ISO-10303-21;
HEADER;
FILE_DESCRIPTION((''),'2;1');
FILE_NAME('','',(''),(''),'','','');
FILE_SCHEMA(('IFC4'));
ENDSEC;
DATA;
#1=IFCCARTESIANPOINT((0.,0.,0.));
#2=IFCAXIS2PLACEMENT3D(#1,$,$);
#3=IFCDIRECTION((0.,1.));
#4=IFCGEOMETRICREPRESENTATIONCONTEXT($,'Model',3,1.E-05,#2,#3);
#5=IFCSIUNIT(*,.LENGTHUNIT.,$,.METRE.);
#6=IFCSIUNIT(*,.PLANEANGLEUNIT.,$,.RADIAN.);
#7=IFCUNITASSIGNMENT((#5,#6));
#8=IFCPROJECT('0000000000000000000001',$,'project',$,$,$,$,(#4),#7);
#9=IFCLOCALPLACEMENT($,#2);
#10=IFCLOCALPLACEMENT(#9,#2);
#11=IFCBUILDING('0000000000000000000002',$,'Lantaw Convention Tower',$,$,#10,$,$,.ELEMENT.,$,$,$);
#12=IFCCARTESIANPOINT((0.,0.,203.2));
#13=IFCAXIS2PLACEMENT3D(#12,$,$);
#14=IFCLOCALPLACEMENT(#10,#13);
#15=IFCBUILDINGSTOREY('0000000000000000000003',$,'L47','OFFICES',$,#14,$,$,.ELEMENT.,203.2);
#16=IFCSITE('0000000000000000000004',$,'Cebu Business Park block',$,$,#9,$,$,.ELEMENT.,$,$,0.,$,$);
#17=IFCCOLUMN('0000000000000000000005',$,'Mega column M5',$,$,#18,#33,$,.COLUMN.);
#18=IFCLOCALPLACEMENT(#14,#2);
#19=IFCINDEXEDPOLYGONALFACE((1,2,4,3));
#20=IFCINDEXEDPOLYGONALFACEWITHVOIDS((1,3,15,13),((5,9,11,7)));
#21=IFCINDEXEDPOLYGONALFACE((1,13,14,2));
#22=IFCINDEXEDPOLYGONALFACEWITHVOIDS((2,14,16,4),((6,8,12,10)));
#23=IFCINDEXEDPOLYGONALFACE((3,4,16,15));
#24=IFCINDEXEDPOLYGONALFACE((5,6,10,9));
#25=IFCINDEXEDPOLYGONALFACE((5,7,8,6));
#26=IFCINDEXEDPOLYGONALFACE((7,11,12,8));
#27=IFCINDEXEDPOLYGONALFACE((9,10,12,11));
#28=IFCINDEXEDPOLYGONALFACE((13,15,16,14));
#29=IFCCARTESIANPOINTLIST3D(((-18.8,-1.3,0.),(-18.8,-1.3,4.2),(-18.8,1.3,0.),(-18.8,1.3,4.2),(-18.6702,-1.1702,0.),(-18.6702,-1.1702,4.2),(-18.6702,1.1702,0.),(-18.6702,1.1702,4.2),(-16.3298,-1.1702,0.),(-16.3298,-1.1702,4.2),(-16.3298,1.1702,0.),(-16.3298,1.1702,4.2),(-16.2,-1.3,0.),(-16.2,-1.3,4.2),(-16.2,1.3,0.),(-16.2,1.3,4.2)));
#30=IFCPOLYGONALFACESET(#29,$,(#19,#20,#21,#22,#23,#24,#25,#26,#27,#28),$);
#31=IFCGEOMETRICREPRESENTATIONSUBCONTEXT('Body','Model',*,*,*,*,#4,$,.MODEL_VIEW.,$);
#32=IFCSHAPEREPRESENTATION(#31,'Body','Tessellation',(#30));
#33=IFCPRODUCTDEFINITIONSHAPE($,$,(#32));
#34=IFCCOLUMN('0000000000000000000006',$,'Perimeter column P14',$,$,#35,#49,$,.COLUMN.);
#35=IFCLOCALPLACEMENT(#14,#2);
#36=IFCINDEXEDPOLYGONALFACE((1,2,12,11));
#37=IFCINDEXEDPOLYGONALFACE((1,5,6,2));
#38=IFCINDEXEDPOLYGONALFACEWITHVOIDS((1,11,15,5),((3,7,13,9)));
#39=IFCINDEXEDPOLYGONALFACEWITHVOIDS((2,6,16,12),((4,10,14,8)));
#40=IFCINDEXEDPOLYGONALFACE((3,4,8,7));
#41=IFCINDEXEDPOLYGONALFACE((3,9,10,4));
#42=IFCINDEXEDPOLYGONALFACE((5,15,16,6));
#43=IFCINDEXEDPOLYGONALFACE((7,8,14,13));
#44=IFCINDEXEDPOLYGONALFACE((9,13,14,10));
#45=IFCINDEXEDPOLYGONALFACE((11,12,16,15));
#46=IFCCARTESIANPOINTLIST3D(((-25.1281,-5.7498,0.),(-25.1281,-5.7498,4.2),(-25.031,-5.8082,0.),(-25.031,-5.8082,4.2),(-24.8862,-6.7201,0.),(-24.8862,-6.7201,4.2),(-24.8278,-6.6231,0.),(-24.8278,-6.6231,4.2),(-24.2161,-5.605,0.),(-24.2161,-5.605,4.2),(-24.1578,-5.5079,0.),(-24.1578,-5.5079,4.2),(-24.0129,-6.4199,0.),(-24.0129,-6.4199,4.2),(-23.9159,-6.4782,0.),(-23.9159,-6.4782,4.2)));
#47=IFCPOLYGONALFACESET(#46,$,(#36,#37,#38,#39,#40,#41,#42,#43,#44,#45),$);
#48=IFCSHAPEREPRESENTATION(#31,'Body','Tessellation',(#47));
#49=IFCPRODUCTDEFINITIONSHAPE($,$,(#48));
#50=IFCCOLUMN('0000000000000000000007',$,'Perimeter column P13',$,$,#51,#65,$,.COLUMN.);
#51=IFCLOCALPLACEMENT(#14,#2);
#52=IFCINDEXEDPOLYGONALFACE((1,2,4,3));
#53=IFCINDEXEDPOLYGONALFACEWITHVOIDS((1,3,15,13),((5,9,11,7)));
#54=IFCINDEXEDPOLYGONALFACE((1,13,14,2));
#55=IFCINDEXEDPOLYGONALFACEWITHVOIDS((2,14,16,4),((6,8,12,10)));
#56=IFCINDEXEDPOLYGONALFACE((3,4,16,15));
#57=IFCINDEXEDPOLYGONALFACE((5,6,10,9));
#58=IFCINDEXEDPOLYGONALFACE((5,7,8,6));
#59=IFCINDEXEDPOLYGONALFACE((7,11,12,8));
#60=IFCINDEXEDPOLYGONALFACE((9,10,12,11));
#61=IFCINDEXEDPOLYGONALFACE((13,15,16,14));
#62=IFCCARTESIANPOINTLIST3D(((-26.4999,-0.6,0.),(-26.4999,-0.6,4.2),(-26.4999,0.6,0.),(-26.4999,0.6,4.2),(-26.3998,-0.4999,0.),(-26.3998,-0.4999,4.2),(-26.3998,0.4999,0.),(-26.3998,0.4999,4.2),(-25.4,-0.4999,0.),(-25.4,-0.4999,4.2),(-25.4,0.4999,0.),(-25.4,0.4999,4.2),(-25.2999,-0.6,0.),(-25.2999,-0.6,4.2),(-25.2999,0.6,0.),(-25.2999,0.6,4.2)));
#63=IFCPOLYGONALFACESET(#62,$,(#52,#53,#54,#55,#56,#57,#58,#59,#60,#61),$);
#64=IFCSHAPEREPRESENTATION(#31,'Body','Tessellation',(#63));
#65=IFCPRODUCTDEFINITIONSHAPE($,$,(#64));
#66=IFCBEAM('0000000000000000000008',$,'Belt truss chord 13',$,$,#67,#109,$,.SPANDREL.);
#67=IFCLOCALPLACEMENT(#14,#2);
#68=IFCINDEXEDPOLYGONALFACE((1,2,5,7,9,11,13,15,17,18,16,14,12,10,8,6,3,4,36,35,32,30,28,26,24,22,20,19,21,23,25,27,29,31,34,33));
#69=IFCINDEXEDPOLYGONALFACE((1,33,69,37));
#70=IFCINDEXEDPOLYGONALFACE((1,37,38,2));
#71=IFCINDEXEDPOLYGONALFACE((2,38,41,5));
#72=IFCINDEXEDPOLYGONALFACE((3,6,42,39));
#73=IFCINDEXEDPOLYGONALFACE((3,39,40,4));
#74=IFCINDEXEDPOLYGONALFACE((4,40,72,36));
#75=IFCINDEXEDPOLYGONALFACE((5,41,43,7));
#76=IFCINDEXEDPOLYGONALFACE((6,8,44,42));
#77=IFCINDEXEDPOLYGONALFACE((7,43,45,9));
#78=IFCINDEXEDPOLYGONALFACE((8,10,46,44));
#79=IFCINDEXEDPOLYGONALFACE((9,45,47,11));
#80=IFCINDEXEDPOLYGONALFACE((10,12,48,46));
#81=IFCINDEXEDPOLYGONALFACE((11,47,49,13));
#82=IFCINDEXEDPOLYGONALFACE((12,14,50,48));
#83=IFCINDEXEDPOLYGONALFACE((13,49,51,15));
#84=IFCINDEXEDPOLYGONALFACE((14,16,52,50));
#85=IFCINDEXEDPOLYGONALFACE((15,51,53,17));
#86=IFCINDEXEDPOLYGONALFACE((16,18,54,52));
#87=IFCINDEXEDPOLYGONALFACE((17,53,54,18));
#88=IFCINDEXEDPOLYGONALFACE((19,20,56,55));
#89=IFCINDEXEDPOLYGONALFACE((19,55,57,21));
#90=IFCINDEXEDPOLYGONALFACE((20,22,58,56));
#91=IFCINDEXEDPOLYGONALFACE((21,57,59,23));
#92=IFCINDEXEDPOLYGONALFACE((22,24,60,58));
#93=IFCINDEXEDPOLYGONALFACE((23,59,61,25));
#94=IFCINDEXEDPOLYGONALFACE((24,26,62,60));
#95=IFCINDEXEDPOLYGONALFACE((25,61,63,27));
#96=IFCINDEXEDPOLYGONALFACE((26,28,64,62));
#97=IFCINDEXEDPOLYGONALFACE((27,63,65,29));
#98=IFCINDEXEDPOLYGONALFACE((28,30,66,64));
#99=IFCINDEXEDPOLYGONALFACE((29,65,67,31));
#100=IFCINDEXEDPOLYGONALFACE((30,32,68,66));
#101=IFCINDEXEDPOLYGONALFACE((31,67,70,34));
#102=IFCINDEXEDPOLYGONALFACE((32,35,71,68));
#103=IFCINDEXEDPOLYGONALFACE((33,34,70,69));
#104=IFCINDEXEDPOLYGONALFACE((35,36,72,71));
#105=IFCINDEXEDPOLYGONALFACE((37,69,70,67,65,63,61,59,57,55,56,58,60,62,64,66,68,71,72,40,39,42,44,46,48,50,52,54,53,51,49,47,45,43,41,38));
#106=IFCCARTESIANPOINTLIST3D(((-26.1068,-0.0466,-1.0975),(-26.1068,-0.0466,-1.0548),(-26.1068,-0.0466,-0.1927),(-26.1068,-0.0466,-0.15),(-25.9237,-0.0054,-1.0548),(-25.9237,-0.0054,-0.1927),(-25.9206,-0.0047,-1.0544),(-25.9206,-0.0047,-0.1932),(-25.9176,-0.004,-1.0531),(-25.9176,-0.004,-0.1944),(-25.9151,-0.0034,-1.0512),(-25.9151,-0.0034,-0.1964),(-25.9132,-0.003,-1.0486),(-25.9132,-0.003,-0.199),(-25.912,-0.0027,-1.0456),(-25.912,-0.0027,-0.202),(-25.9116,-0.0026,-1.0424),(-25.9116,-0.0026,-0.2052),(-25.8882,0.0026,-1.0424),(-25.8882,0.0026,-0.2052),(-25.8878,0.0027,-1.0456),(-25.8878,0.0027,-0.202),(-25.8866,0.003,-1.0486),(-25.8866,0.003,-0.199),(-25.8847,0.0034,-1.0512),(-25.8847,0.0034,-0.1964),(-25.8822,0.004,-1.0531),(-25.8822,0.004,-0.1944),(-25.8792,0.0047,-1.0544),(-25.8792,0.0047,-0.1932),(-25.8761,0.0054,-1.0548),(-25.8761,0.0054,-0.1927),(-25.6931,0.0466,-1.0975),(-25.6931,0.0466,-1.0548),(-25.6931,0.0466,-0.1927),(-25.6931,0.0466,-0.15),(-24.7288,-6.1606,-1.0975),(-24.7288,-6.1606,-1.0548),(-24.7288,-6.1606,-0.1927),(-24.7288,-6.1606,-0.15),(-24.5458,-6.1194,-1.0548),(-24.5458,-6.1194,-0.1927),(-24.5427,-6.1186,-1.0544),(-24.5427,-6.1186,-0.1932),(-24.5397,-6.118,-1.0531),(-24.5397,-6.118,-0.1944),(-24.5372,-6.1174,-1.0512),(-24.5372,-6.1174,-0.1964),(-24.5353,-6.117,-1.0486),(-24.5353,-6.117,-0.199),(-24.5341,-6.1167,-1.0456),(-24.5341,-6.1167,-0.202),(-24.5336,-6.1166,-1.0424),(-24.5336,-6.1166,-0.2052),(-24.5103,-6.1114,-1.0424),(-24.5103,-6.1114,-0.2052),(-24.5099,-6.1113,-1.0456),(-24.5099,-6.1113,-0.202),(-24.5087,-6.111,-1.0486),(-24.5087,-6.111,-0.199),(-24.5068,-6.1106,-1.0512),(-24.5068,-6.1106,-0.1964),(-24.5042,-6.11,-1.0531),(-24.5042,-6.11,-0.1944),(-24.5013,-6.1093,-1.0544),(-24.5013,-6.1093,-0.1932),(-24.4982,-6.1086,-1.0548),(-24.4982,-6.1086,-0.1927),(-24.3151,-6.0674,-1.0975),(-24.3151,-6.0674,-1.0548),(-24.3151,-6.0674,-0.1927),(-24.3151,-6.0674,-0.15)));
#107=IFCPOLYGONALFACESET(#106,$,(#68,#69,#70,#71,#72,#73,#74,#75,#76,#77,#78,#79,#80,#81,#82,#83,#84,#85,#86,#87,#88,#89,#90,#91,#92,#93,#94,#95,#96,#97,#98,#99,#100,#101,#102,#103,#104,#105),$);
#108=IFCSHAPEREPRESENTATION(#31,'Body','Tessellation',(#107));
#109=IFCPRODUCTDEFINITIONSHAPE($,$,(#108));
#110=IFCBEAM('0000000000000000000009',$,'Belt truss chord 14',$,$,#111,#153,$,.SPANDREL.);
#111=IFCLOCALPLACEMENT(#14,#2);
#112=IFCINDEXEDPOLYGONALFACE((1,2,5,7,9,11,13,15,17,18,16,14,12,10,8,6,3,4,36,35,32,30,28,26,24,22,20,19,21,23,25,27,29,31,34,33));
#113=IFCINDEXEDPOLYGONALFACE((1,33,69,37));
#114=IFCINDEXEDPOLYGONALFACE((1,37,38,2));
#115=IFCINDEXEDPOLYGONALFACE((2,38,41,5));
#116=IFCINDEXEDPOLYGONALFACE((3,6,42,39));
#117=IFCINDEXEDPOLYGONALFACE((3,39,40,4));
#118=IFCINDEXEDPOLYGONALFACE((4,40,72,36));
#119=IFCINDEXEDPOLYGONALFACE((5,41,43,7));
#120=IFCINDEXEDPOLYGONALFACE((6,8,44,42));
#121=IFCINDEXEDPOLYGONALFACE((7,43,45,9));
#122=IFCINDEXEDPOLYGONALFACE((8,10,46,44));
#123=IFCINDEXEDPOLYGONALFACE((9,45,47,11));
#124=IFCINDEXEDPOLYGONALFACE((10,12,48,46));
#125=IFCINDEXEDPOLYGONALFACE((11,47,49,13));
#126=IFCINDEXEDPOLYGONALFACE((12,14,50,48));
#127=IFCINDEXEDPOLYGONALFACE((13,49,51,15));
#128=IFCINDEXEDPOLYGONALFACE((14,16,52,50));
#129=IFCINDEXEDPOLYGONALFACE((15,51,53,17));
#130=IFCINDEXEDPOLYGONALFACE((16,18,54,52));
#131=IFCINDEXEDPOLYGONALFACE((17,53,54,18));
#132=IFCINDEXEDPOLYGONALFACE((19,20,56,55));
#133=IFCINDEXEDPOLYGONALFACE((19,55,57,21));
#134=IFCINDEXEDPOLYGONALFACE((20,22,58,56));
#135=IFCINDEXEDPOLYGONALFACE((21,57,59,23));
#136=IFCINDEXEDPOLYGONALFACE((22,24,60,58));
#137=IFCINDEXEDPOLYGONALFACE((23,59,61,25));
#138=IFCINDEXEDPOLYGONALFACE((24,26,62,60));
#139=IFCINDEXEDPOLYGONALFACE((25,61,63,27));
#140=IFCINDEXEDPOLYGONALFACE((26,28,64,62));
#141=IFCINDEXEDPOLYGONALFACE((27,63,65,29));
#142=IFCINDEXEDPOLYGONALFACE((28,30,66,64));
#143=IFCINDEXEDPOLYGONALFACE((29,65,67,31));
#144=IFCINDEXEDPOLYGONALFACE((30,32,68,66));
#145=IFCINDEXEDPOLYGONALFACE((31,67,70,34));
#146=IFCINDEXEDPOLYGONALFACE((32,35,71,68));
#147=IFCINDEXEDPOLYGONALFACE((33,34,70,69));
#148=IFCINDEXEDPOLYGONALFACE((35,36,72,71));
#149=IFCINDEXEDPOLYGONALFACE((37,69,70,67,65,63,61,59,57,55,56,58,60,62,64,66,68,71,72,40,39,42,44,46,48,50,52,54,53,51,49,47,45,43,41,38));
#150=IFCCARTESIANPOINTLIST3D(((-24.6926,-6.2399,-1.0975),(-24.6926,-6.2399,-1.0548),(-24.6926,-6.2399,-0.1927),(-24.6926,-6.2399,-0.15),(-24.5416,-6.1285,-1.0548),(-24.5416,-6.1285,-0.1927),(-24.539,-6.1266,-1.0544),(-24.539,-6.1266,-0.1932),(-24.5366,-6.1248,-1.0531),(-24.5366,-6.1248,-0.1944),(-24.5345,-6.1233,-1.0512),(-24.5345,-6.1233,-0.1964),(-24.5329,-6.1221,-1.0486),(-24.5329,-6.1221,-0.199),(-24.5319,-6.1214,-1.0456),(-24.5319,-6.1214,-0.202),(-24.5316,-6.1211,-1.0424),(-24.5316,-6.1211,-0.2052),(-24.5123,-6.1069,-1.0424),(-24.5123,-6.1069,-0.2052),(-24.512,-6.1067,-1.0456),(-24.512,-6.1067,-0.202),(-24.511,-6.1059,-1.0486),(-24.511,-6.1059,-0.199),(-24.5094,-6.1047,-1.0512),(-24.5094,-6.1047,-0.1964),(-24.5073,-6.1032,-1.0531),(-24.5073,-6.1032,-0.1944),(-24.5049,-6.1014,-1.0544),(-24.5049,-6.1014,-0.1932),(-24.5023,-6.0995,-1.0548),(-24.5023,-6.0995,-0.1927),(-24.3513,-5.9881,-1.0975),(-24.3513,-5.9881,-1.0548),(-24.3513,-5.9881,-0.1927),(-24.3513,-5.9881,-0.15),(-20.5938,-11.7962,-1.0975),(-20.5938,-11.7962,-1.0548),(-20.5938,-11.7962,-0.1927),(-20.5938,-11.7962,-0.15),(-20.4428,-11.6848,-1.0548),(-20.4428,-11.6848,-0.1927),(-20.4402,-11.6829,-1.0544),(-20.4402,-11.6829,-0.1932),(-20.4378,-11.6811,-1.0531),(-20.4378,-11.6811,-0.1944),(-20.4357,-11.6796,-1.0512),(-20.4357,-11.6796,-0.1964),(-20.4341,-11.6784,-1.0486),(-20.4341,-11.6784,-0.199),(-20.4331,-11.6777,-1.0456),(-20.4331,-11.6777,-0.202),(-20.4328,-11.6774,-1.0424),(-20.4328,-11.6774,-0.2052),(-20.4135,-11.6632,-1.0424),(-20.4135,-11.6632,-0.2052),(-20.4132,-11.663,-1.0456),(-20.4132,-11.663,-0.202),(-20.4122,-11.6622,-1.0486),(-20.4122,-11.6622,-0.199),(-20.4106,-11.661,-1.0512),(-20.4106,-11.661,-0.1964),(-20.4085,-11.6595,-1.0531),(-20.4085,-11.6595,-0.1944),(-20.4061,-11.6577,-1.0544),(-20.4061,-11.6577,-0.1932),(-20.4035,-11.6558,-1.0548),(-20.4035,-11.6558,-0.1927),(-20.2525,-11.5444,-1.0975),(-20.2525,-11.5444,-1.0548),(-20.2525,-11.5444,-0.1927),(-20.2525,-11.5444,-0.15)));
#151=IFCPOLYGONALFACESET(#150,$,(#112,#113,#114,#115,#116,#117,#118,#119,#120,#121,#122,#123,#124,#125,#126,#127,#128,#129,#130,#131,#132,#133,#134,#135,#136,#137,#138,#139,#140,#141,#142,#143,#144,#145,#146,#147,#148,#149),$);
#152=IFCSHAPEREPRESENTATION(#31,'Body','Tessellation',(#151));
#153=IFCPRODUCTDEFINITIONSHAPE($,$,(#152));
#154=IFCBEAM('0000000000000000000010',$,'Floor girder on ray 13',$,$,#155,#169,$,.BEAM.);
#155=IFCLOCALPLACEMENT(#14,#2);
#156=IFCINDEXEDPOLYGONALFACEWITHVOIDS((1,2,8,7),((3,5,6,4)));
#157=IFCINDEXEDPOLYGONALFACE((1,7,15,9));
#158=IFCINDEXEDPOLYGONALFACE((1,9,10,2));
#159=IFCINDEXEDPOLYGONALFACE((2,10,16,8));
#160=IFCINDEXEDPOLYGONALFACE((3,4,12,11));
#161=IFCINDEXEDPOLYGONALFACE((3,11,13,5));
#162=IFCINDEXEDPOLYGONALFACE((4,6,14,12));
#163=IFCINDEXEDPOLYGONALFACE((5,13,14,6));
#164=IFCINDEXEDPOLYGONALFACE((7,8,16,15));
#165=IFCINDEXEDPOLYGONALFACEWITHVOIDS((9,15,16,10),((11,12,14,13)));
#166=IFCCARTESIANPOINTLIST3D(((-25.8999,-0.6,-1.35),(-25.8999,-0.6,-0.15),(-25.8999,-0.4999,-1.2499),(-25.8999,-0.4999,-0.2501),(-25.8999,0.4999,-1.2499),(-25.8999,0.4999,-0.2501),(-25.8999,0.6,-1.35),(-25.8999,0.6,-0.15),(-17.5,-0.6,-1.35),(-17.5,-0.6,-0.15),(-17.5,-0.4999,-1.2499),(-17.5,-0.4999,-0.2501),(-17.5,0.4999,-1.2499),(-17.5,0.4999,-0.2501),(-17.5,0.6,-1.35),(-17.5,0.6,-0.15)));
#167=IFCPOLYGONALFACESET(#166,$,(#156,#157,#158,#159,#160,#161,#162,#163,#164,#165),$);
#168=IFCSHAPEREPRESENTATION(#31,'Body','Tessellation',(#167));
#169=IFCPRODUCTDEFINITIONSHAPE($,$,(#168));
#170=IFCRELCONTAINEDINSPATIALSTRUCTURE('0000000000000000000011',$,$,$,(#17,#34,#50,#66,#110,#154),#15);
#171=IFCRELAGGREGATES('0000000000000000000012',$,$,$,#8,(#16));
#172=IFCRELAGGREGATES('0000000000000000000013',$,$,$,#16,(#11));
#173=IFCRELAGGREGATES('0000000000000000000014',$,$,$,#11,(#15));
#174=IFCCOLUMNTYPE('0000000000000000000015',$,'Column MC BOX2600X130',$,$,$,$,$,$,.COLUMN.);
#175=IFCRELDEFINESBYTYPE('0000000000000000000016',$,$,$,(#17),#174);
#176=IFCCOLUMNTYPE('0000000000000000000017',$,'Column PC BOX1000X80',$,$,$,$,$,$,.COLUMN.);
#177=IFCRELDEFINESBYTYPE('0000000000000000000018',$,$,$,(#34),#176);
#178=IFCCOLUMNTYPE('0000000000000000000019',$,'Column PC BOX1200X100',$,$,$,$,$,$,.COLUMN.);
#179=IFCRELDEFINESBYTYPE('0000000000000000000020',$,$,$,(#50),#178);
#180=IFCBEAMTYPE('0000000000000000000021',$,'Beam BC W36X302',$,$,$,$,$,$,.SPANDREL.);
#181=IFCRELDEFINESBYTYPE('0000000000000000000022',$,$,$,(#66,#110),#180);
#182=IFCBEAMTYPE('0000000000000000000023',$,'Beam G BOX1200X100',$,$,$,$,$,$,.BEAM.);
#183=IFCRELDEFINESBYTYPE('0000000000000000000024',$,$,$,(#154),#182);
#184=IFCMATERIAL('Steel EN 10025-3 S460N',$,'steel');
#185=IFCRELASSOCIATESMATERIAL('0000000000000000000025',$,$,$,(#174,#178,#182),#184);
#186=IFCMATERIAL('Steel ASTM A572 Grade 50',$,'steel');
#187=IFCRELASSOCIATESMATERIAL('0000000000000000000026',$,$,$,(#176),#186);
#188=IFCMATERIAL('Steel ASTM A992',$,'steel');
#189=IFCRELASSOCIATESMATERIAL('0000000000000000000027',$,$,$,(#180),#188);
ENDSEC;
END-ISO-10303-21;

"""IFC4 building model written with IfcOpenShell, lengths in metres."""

from ifc_helpers import new_model, si_unit, direction, frame, origin, origin_2d, place, context, subcontext, project, spatial, rectangle, hollow_rectangle, i_section, extrude, material, material_profile, profile_set, type_object, element, save


model = new_model("IFC4")

# Units and contexts
model_context = context("Model", 3, precision=1e-05, world=origin(), true_north=direction((0.0, 1.0)))
body_context = subcontext(model_context, "Body", "Model", "MODEL_VIEW")
ifc_project = project(units=[si_unit("LENGTHUNIT", "METRE"), si_unit("PLANEANGLEUNIT", "RADIAN")], contexts=[model_context])

# Site, building, storey
site_placement = place(None, origin())
site = spatial("IfcSite", under=ifc_project, at=site_placement, Name="Cebu Business Park block", CompositionType="ELEMENT", RefElevation=0.0)
building_placement = place(site_placement, origin())
building = spatial("IfcBuilding", under=site, at=building_placement, Name="Lantaw Convention Tower", CompositionType="ELEMENT")
storey_placement = place(building_placement, frame((0.0, 0.0, 203.2)))
storey = spatial("IfcBuildingStorey", under=building, at=storey_placement, Name="L47", Description="OFFICES", CompositionType="ELEMENT", Elevation=203.2)

# Columns
ifc_material_1 = material(Name="Steel EN 10025-3 S460N", Category="steel")
ifc_material_profile_1 = material_profile(ifc_material_1, hollow_rectangle(XDim=2.6001, YDim=2.6001, WallThickness=0.1299, at=origin_2d()), Name="BOX2600X130")
ifc_material_2 = material(Name="Concrete C60/75", Category="concrete")
ifc_material_profile_2 = material_profile(ifc_material_2, rectangle(XDim=2.3401, YDim=2.3401, at=origin_2d()), Name="Concrete fill of BOX2600X130")
ifc_profile_set_1 = profile_set([ifc_material_profile_1, ifc_material_profile_2], Name="Steel EN 10025-3 S460N")
column_type_1 = type_object("IfcColumnType", Name="Column MC BOX2600X130", PredefinedType="COLUMN", material=ifc_profile_set_1)
column_1_placement = place(storey_placement, frame((-17.5, 0.0, 0.0), z_axis=(0.0, 0.0, 1.0), x_axis=(1.0, 0.0, 0.0)))
element("IfcColumn", 1, at=column_1_placement, inside=storey, type_object=column_type_1, Name="Mega column M5", PredefinedType="COLUMN", context=body_context, shape_type="SweptSolid", body=[
    extrude(hollow_rectangle(XDim=2.6001, YDim=2.6001, WallThickness=0.1299, at=origin_2d()), origin(), (0.0, 0.0, 1.0), 4.2),
])
ifc_material_3 = material(Name="Steel ASTM A572 Grade 50", Category="steel")
ifc_material_profile_3 = material_profile(ifc_material_3, hollow_rectangle(XDim=1.0, YDim=1.0, WallThickness=0.0801, at=origin_2d()), Name="BOX1000X80")
ifc_material_profile_4 = material_profile(ifc_material_2, rectangle(XDim=0.8401, YDim=0.8401, at=origin_2d()), Name="Concrete fill of BOX1000X80")
ifc_profile_set_2 = profile_set([ifc_material_profile_3, ifc_material_profile_4], Name="Steel ASTM A572 Grade 50")
column_type_2 = type_object("IfcColumnType", Name="Column PC BOX1000X80", PredefinedType="COLUMN", material=ifc_profile_set_2)
column_2_placement = place(storey_placement, frame((-24.522, -6.114, 0.0), z_axis=(0.0, 0.0, 1.0), x_axis=(0.970296, 0.241922, 0.0)))
element("IfcColumn", 2, at=column_2_placement, inside=storey, type_object=column_type_2, Name="Perimeter column P14", PredefinedType="COLUMN", context=body_context, shape_type="SweptSolid", body=[
    extrude(hollow_rectangle(XDim=1.0, YDim=1.0, WallThickness=0.0801, at=origin_2d()), origin(), (0.0, 0.0, 1.0), 4.2),
])
ifc_material_profile_5 = material_profile(ifc_material_1, hollow_rectangle(XDim=1.2, YDim=1.2, WallThickness=0.1001, at=origin_2d()), Name="BOX1200X100")
ifc_material_profile_6 = material_profile(ifc_material_2, rectangle(XDim=1.0, YDim=1.0, at=origin_2d()), Name="Concrete fill of BOX1200X100")
ifc_profile_set_3 = profile_set([ifc_material_profile_5, ifc_material_profile_6], Name="Steel EN 10025-3 S460N")
column_type_3 = type_object("IfcColumnType", Name="Column PC BOX1200X100", PredefinedType="COLUMN", material=ifc_profile_set_3)
column_3_placement = place(storey_placement, frame((-25.8999, 0.0, 0.0), z_axis=(0.0, 0.0, 1.0), x_axis=(1.0, 0.0, 0.0)))
element("IfcColumn", 3, at=column_3_placement, inside=storey, type_object=column_type_3, Name="Perimeter column P13", PredefinedType="COLUMN", context=body_context, shape_type="SweptSolid", body=[
    extrude(hollow_rectangle(XDim=1.2, YDim=1.2, WallThickness=0.1001, at=origin_2d()), origin(), (0.0, 0.0, 1.0), 4.2),
])

# Beams
ifc_material_4 = material(Name="Steel ASTM A992", Category="steel")
ifc_material_profile_7 = material_profile(ifc_material_4, i_section(OverallWidth=0.4241, OverallDepth=0.9475, WebThickness=0.0239, FlangeThickness=0.0427, FilletRadius=0.0125, at=origin_2d()), Name="W36X302")
ifc_profile_set_4 = profile_set([ifc_material_profile_7], Name="Steel ASTM A992")
beam_type_1 = type_object("IfcBeamType", Name="Beam BC W36X302", PredefinedType="SPANDREL", material=ifc_profile_set_4)
beam_1_placement = place(storey_placement, frame((-25.8999, 0.0, -0.6238), z_axis=(0.219858, -0.975532, 0.0), x_axis=(0.975532, 0.219858, 0.0)))
element("IfcBeam", 4, at=beam_1_placement, inside=storey, type_object=beam_type_1, Name="Belt truss chord 13", PredefinedType="SPANDREL", context=body_context, shape_type="SweptSolid", body=[
    extrude(i_section(OverallWidth=0.4241, OverallDepth=0.9475, WebThickness=0.0239, FlangeThickness=0.0427, FilletRadius=0.0125, at=origin_2d()), origin(), (0.0, 0.0, 1.0), 6.2673),
])
beam_2_placement = place(storey_placement, frame((-24.522, -6.114, -0.6238), z_axis=(0.593639, -0.804731, 0.0), x_axis=(0.804731, 0.593639, 0.0)))
element("IfcBeam", 5, at=beam_2_placement, inside=storey, type_object=beam_type_1, Name="Belt truss chord 14", PredefinedType="SPANDREL", context=body_context, shape_type="SweptSolid", body=[
    extrude(i_section(OverallWidth=0.4241, OverallDepth=0.9475, WebThickness=0.0239, FlangeThickness=0.0427, FilletRadius=0.0125, at=origin_2d()), origin(), (0.0, 0.0, 1.0), 6.9045),
])
ifc_material_profile_8 = material_profile(ifc_material_1, hollow_rectangle(XDim=1.2, YDim=1.2, WallThickness=0.1001, at=origin_2d()), Name="BOX1200X100")
ifc_profile_set_5 = profile_set([ifc_material_profile_8], Name="Steel EN 10025-3 S460N")
beam_type_2 = type_object("IfcBeamType", Name="Beam G BOX1200X100", PredefinedType="BEAM", material=ifc_profile_set_5)
beam_3_placement = place(storey_placement, frame((-17.5, 0.0, -0.75), z_axis=(-1.0, 0.0, 0.0), x_axis=(0.0, -1.0, 0.0)))
element("IfcBeam", 6, at=beam_3_placement, inside=storey, type_object=beam_type_2, Name="Floor girder on ray 13", PredefinedType="BEAM", context=body_context, shape_type="SweptSolid", body=[
    extrude(hollow_rectangle(XDim=1.2, YDim=1.2, WallThickness=0.1001, at=origin_2d()), origin(), (0.0, 0.0, 1.0), 8.3999),
])

save(model, "model.ifc")
